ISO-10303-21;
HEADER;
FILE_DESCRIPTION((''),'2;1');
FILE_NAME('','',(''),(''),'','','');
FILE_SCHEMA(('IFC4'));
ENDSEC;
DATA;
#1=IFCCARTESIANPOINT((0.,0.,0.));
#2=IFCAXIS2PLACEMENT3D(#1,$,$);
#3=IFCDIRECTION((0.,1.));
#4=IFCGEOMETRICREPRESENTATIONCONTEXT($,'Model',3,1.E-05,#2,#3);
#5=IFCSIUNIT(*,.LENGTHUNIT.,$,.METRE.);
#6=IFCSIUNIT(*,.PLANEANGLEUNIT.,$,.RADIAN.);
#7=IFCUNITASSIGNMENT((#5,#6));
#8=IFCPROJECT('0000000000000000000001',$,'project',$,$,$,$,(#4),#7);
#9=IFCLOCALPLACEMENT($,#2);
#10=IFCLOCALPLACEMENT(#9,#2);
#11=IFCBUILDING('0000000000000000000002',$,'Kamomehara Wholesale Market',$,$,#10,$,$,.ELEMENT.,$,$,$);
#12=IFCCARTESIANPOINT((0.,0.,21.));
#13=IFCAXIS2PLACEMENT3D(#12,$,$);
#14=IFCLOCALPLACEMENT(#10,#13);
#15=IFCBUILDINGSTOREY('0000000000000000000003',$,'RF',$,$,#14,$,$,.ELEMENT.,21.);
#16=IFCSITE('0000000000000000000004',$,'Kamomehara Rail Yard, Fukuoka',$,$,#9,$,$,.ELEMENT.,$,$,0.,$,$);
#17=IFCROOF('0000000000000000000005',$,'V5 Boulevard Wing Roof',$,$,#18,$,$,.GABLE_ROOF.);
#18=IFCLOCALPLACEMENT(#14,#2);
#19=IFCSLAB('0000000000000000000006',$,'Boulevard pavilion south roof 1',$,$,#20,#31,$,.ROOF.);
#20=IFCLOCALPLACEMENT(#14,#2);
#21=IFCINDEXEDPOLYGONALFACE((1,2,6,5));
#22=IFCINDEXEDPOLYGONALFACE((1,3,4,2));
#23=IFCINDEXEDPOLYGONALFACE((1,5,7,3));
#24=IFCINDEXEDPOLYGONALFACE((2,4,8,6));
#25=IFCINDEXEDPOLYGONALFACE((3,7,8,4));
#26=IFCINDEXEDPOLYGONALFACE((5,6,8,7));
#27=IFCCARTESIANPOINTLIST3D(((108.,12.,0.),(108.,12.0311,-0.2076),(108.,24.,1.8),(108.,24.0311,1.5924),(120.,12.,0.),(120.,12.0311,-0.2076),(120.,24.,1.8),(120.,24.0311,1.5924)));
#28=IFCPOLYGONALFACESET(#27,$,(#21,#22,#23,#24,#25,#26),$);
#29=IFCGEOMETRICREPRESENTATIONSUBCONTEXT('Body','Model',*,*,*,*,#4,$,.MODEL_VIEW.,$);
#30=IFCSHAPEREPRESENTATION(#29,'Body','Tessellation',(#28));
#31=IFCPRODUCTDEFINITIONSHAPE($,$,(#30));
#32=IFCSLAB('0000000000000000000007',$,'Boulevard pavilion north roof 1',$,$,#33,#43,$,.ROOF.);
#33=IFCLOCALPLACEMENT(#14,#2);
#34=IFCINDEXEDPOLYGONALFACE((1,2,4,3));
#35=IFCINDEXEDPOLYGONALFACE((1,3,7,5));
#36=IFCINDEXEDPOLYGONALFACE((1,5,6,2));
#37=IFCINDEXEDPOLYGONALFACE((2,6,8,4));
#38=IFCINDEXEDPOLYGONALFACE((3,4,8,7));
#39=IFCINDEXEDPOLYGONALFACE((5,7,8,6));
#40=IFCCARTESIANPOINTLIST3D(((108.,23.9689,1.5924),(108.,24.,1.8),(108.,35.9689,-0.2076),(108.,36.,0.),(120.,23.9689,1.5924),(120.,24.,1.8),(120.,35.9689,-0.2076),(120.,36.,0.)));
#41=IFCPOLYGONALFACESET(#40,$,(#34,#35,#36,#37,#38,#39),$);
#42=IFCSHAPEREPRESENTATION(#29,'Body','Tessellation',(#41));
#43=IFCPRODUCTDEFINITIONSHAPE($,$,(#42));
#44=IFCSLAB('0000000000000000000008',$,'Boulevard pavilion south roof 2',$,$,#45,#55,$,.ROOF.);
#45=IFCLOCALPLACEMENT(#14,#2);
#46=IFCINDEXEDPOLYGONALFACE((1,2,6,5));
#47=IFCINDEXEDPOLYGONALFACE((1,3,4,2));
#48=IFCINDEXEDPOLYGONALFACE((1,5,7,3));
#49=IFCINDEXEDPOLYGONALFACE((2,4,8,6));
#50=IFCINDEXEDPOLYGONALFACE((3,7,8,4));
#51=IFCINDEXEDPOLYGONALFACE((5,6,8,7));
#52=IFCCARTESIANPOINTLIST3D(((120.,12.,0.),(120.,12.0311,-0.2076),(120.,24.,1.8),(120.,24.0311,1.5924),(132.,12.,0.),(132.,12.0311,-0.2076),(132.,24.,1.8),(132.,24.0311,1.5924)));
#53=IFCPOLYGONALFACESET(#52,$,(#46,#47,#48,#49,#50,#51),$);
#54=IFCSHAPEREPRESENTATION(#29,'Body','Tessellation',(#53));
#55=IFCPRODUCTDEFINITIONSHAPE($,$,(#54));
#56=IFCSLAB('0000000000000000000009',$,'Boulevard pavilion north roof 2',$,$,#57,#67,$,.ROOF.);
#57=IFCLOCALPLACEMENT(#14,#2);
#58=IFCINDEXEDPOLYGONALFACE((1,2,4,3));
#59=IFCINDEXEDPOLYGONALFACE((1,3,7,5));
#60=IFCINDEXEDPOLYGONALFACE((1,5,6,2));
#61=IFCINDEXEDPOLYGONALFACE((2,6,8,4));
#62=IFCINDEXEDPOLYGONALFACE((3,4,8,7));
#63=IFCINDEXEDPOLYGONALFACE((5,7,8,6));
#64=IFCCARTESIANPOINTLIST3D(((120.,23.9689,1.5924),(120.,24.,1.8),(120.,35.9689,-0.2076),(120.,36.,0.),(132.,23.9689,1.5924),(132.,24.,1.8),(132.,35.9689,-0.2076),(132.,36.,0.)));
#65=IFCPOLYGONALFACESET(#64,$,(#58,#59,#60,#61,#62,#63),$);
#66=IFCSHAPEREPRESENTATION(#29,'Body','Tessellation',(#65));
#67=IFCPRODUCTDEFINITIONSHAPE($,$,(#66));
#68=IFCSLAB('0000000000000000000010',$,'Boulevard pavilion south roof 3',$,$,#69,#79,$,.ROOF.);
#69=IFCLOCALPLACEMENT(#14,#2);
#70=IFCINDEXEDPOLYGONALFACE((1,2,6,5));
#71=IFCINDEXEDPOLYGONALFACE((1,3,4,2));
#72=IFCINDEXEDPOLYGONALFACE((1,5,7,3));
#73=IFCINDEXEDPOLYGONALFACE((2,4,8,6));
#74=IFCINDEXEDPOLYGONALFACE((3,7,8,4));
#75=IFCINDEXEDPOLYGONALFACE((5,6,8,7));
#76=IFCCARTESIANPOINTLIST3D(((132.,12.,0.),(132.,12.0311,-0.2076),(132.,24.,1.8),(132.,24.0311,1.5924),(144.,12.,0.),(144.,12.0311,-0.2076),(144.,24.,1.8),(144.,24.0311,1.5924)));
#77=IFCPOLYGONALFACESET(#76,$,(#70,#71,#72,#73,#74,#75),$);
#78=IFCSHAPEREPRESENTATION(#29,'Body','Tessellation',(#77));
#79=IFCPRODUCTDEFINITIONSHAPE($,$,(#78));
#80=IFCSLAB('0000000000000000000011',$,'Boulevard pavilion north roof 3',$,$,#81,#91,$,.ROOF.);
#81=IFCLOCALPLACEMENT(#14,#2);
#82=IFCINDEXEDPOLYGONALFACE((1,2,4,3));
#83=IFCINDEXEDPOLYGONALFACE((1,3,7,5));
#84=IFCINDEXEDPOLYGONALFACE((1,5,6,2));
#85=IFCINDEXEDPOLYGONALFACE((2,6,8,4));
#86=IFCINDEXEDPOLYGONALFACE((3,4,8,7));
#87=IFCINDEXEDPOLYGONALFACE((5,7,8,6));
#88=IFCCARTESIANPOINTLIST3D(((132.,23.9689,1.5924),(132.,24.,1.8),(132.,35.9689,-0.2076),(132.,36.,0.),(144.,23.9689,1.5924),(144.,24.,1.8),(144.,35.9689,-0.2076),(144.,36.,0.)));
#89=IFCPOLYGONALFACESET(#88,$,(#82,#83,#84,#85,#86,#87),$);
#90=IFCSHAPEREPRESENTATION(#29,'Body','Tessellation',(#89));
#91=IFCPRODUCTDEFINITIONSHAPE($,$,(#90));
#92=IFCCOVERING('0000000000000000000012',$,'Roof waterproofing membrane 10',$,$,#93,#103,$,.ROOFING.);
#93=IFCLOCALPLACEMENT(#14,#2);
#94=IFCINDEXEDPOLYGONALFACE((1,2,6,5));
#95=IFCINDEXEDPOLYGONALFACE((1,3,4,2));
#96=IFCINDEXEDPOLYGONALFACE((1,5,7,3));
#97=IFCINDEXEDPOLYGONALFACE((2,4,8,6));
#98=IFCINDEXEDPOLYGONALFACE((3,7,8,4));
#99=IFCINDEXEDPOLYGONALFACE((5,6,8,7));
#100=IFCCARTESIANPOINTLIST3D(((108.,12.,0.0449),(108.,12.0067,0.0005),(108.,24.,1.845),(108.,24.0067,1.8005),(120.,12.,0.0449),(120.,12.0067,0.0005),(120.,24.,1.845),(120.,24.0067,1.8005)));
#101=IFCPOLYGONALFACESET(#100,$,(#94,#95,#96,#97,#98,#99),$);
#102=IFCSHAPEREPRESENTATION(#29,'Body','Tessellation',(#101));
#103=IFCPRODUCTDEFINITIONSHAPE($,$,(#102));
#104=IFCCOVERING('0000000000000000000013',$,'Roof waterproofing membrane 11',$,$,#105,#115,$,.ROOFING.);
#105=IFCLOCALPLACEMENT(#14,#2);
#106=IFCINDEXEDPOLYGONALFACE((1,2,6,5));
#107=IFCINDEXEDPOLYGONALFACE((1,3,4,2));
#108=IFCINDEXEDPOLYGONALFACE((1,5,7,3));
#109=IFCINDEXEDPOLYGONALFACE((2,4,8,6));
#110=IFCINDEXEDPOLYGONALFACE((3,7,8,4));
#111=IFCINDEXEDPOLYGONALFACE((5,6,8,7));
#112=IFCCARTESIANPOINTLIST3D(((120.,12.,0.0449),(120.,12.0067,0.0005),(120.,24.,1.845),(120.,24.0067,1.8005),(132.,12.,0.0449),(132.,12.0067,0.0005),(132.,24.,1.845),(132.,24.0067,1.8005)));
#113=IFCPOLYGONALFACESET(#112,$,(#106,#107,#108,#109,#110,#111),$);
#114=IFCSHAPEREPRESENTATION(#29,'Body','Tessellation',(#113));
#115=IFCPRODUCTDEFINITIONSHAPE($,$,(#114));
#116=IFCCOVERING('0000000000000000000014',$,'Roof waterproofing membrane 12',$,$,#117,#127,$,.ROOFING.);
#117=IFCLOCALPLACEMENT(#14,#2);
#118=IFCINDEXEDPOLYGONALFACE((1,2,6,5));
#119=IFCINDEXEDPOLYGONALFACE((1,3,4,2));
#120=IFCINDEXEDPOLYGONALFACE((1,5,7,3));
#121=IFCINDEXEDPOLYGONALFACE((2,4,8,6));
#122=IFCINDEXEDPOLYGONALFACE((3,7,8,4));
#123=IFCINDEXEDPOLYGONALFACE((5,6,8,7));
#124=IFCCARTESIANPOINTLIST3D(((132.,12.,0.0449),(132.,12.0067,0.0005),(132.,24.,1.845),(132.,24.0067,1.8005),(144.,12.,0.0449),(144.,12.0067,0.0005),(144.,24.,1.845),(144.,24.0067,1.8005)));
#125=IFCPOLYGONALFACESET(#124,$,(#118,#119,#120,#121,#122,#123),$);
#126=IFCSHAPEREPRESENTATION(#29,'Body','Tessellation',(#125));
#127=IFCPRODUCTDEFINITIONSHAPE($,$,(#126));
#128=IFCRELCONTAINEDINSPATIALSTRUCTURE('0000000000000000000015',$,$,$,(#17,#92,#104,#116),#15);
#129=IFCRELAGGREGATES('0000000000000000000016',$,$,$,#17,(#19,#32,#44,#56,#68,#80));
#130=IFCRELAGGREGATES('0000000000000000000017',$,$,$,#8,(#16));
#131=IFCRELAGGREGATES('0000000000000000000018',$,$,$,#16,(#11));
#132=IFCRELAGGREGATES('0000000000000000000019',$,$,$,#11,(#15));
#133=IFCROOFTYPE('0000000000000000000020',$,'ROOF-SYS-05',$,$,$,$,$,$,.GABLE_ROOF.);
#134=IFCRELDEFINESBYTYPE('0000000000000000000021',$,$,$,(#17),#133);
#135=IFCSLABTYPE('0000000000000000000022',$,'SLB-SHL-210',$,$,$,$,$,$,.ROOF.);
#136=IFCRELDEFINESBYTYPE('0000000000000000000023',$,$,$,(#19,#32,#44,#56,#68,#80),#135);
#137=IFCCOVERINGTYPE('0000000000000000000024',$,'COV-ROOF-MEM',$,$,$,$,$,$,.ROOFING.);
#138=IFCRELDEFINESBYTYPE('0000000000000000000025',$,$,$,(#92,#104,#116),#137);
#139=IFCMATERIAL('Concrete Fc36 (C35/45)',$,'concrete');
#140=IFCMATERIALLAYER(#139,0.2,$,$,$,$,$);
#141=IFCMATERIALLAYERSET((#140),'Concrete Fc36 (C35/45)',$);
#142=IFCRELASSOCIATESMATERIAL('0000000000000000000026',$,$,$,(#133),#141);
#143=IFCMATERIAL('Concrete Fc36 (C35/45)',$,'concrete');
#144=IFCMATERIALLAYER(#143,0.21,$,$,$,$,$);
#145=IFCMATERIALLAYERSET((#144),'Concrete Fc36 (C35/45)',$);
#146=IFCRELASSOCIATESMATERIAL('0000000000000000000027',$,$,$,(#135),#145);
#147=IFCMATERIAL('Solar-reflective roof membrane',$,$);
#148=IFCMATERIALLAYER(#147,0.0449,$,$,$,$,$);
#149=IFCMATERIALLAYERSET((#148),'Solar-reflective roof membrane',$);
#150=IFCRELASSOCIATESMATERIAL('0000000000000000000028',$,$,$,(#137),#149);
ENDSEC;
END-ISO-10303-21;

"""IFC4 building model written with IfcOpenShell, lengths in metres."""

from ifc_helpers import new_model, si_unit, direction, frame, origin, place, context, subcontext, project, spatial, polyline, outline, extrude, material, layer, layer_set, type_object, element, aggregate, save


model = new_model("IFC4")

# Units and contexts
model_context = context("Model", 3, precision=1e-05, world=origin(), true_north=direction((0.0, 1.0)))
body_context = subcontext(model_context, "Body", "Model", "MODEL_VIEW")
ifc_project = project(units=[si_unit("LENGTHUNIT", "METRE"), si_unit("PLANEANGLEUNIT", "RADIAN")], contexts=[model_context])

# Site, building, storey
site_placement = place(None, origin())
site = spatial("IfcSite", under=ifc_project, at=site_placement, Name="Kamomehara Rail Yard, Fukuoka", CompositionType="ELEMENT", RefElevation=0.0)
building_placement = place(site_placement, origin())
building = spatial("IfcBuilding", under=site, at=building_placement, Name="Kamomehara Wholesale Market", CompositionType="ELEMENT")
storey_placement = place(building_placement, frame((0.0, 0.0, 21.0)))
storey = spatial("IfcBuildingStorey", under=building, at=storey_placement, Name="RF", CompositionType="ELEMENT", Elevation=21.0)

# Roof, slabs
ifc_material_1 = material(Name="Concrete Fc36 (C35/45)", Category="concrete")
ifc_layer_1 = layer(ifc_material_1, 0.2)
ifc_layer_set_1 = layer_set([ifc_layer_1], Name="Concrete Fc36 (C35/45)")
roof_type = type_object("IfcRoofType", Name="ROOF-SYS-05", PredefinedType="GABLE_ROOF", material=ifc_layer_set_1)
roof_placement = place(storey_placement, origin())
roof = element("IfcRoof", 1, at=roof_placement, inside=storey, type_object=roof_type, Name="V5 Boulevard Wing Roof", PredefinedType="GABLE_ROOF")
ifc_material_2 = material(Name="Concrete Fc36 (C35/45)", Category="concrete")
ifc_layer_2 = layer(ifc_material_2, 0.21)
ifc_layer_set_2 = layer_set([ifc_layer_2], Name="Concrete Fc36 (C35/45)")
slab_type = type_object("IfcSlabType", Name="SLB-SHL-210", PredefinedType="ROOF", material=ifc_layer_set_2)
slab_1_placement = place(storey_placement, frame((108.0, 12.0, 0.0), z_axis=(0.0, -0.148344, 0.988936), x_axis=(1.0, 0.0, 0.0)))
slab_1 = element("IfcSlab", 2, at=slab_1_placement, type_object=slab_type, Name="Boulevard pavilion south roof 1", PredefinedType="ROOF", context=body_context, shape_type="SweptSolid", body=[
    extrude(outline(polyline([(0.0, 0.0), (12.0, 0.0), (12.0, 12.1343), (0.0, 12.1343), (0.0, 0.0)])), origin(), (0.0, 0.0, -1.0), 0.21),
])
slab_2_placement = place(storey_placement, frame((108.0, 24.0, 1.8), z_axis=(0.0, 0.148344, 0.988936), x_axis=(1.0, 0.0, 0.0)))
slab_2 = element("IfcSlab", 3, at=slab_2_placement, type_object=slab_type, Name="Boulevard pavilion north roof 1", PredefinedType="ROOF", context=body_context, shape_type="SweptSolid", body=[
    extrude(outline(polyline([(0.0, 0.0), (12.0, 0.0), (12.0, 12.1343), (0.0, 12.1343), (0.0, 0.0)])), origin(), (0.0, 0.0, -1.0), 0.21),
])
slab_3_placement = place(storey_placement, frame((120.0, 12.0, 0.0), z_axis=(0.0, -0.148344, 0.988936), x_axis=(1.0, 0.0, 0.0)))
slab_3 = element("IfcSlab", 4, at=slab_3_placement, type_object=slab_type, Name="Boulevard pavilion south roof 2", PredefinedType="ROOF", context=body_context, shape_type="SweptSolid", body=[
    extrude(outline(polyline([(0.0, 0.0), (12.0, 0.0), (12.0, 12.1343), (0.0, 12.1343), (0.0, 0.0)])), origin(), (0.0, 0.0, -1.0), 0.21),
])
slab_4_placement = place(storey_placement, frame((120.0, 24.0, 1.8), z_axis=(0.0, 0.148344, 0.988936), x_axis=(1.0, 0.0, 0.0)))
slab_4 = element("IfcSlab", 5, at=slab_4_placement, type_object=slab_type, Name="Boulevard pavilion north roof 2", PredefinedType="ROOF", context=body_context, shape_type="SweptSolid", body=[
    extrude(outline(polyline([(0.0, 0.0), (12.0, 0.0), (12.0, 12.1343), (0.0, 12.1343), (0.0, 0.0)])), origin(), (0.0, 0.0, -1.0), 0.21),
])
slab_5_placement = place(storey_placement, frame((132.0, 12.0, 0.0), z_axis=(0.0, -0.148344, 0.988936), x_axis=(1.0, 0.0, 0.0)))
slab_5 = element("IfcSlab", 6, at=slab_5_placement, type_object=slab_type, Name="Boulevard pavilion south roof 3", PredefinedType="ROOF", context=body_context, shape_type="SweptSolid", body=[
    extrude(outline(polyline([(0.0, 0.0), (12.0, 0.0), (12.0, 12.1343), (0.0, 12.1343), (0.0, 0.0)])), origin(), (0.0, 0.0, -1.0), 0.21),
])
slab_6_placement = place(storey_placement, frame((132.0, 24.0, 1.8), z_axis=(0.0, 0.148344, 0.988936), x_axis=(1.0, 0.0, 0.0)))
slab_6 = element("IfcSlab", 7, at=slab_6_placement, type_object=slab_type, Name="Boulevard pavilion north roof 3", PredefinedType="ROOF", context=body_context, shape_type="SweptSolid", body=[
    extrude(outline(polyline([(0.0, 0.0), (12.0, 0.0), (12.0, 12.1343), (0.0, 12.1343), (0.0, 0.0)])), origin(), (0.0, 0.0, -1.0), 0.21),
])
aggregate(roof, [slab_1, slab_2, slab_3, slab_4, slab_5, slab_6])

# Coverings
ifc_material_3 = material(Name="Solar-reflective roof membrane")
ifc_layer_3 = layer(ifc_material_3, 0.0449)
ifc_layer_set_3 = layer_set([ifc_layer_3], Name="Solar-reflective roof membrane")
covering_type = type_object("IfcCoveringType", Name="COV-ROOF-MEM", PredefinedType="ROOFING", material=ifc_layer_set_3)
for number, where, z_axis, x_axis, name in (
    (8, (108.0, 12.0, 0.0449), (0.0, -0.148344, 0.988936), (1.0, 0.0, 0.0), "Roof waterproofing membrane 10"),
    (9, (120.0, 12.0, 0.0449), (0.0, -0.148344, 0.988936), (1.0, 0.0, 0.0), "Roof waterproofing membrane 11"),
    (10, (132.0, 12.0, 0.0449), (0.0, -0.148344, 0.988936), (1.0, 0.0, 0.0), "Roof waterproofing membrane 12"),
):
    element("IfcCovering", number, at=place(storey_placement, frame(where, z_axis=z_axis, x_axis=x_axis)), inside=storey, type_object=covering_type, Name=name, PredefinedType="ROOFING", context=body_context, shape_type="SweptSolid", body=[
        extrude(outline(polyline([(0.0, 0.0), (12.0, 0.0), (12.0, 12.1343), (0.0, 12.1343), (0.0, 0.0)])), origin(), (0.0, 0.0, -1.0), 0.0449),
    ])

save(model, "model.ifc")
